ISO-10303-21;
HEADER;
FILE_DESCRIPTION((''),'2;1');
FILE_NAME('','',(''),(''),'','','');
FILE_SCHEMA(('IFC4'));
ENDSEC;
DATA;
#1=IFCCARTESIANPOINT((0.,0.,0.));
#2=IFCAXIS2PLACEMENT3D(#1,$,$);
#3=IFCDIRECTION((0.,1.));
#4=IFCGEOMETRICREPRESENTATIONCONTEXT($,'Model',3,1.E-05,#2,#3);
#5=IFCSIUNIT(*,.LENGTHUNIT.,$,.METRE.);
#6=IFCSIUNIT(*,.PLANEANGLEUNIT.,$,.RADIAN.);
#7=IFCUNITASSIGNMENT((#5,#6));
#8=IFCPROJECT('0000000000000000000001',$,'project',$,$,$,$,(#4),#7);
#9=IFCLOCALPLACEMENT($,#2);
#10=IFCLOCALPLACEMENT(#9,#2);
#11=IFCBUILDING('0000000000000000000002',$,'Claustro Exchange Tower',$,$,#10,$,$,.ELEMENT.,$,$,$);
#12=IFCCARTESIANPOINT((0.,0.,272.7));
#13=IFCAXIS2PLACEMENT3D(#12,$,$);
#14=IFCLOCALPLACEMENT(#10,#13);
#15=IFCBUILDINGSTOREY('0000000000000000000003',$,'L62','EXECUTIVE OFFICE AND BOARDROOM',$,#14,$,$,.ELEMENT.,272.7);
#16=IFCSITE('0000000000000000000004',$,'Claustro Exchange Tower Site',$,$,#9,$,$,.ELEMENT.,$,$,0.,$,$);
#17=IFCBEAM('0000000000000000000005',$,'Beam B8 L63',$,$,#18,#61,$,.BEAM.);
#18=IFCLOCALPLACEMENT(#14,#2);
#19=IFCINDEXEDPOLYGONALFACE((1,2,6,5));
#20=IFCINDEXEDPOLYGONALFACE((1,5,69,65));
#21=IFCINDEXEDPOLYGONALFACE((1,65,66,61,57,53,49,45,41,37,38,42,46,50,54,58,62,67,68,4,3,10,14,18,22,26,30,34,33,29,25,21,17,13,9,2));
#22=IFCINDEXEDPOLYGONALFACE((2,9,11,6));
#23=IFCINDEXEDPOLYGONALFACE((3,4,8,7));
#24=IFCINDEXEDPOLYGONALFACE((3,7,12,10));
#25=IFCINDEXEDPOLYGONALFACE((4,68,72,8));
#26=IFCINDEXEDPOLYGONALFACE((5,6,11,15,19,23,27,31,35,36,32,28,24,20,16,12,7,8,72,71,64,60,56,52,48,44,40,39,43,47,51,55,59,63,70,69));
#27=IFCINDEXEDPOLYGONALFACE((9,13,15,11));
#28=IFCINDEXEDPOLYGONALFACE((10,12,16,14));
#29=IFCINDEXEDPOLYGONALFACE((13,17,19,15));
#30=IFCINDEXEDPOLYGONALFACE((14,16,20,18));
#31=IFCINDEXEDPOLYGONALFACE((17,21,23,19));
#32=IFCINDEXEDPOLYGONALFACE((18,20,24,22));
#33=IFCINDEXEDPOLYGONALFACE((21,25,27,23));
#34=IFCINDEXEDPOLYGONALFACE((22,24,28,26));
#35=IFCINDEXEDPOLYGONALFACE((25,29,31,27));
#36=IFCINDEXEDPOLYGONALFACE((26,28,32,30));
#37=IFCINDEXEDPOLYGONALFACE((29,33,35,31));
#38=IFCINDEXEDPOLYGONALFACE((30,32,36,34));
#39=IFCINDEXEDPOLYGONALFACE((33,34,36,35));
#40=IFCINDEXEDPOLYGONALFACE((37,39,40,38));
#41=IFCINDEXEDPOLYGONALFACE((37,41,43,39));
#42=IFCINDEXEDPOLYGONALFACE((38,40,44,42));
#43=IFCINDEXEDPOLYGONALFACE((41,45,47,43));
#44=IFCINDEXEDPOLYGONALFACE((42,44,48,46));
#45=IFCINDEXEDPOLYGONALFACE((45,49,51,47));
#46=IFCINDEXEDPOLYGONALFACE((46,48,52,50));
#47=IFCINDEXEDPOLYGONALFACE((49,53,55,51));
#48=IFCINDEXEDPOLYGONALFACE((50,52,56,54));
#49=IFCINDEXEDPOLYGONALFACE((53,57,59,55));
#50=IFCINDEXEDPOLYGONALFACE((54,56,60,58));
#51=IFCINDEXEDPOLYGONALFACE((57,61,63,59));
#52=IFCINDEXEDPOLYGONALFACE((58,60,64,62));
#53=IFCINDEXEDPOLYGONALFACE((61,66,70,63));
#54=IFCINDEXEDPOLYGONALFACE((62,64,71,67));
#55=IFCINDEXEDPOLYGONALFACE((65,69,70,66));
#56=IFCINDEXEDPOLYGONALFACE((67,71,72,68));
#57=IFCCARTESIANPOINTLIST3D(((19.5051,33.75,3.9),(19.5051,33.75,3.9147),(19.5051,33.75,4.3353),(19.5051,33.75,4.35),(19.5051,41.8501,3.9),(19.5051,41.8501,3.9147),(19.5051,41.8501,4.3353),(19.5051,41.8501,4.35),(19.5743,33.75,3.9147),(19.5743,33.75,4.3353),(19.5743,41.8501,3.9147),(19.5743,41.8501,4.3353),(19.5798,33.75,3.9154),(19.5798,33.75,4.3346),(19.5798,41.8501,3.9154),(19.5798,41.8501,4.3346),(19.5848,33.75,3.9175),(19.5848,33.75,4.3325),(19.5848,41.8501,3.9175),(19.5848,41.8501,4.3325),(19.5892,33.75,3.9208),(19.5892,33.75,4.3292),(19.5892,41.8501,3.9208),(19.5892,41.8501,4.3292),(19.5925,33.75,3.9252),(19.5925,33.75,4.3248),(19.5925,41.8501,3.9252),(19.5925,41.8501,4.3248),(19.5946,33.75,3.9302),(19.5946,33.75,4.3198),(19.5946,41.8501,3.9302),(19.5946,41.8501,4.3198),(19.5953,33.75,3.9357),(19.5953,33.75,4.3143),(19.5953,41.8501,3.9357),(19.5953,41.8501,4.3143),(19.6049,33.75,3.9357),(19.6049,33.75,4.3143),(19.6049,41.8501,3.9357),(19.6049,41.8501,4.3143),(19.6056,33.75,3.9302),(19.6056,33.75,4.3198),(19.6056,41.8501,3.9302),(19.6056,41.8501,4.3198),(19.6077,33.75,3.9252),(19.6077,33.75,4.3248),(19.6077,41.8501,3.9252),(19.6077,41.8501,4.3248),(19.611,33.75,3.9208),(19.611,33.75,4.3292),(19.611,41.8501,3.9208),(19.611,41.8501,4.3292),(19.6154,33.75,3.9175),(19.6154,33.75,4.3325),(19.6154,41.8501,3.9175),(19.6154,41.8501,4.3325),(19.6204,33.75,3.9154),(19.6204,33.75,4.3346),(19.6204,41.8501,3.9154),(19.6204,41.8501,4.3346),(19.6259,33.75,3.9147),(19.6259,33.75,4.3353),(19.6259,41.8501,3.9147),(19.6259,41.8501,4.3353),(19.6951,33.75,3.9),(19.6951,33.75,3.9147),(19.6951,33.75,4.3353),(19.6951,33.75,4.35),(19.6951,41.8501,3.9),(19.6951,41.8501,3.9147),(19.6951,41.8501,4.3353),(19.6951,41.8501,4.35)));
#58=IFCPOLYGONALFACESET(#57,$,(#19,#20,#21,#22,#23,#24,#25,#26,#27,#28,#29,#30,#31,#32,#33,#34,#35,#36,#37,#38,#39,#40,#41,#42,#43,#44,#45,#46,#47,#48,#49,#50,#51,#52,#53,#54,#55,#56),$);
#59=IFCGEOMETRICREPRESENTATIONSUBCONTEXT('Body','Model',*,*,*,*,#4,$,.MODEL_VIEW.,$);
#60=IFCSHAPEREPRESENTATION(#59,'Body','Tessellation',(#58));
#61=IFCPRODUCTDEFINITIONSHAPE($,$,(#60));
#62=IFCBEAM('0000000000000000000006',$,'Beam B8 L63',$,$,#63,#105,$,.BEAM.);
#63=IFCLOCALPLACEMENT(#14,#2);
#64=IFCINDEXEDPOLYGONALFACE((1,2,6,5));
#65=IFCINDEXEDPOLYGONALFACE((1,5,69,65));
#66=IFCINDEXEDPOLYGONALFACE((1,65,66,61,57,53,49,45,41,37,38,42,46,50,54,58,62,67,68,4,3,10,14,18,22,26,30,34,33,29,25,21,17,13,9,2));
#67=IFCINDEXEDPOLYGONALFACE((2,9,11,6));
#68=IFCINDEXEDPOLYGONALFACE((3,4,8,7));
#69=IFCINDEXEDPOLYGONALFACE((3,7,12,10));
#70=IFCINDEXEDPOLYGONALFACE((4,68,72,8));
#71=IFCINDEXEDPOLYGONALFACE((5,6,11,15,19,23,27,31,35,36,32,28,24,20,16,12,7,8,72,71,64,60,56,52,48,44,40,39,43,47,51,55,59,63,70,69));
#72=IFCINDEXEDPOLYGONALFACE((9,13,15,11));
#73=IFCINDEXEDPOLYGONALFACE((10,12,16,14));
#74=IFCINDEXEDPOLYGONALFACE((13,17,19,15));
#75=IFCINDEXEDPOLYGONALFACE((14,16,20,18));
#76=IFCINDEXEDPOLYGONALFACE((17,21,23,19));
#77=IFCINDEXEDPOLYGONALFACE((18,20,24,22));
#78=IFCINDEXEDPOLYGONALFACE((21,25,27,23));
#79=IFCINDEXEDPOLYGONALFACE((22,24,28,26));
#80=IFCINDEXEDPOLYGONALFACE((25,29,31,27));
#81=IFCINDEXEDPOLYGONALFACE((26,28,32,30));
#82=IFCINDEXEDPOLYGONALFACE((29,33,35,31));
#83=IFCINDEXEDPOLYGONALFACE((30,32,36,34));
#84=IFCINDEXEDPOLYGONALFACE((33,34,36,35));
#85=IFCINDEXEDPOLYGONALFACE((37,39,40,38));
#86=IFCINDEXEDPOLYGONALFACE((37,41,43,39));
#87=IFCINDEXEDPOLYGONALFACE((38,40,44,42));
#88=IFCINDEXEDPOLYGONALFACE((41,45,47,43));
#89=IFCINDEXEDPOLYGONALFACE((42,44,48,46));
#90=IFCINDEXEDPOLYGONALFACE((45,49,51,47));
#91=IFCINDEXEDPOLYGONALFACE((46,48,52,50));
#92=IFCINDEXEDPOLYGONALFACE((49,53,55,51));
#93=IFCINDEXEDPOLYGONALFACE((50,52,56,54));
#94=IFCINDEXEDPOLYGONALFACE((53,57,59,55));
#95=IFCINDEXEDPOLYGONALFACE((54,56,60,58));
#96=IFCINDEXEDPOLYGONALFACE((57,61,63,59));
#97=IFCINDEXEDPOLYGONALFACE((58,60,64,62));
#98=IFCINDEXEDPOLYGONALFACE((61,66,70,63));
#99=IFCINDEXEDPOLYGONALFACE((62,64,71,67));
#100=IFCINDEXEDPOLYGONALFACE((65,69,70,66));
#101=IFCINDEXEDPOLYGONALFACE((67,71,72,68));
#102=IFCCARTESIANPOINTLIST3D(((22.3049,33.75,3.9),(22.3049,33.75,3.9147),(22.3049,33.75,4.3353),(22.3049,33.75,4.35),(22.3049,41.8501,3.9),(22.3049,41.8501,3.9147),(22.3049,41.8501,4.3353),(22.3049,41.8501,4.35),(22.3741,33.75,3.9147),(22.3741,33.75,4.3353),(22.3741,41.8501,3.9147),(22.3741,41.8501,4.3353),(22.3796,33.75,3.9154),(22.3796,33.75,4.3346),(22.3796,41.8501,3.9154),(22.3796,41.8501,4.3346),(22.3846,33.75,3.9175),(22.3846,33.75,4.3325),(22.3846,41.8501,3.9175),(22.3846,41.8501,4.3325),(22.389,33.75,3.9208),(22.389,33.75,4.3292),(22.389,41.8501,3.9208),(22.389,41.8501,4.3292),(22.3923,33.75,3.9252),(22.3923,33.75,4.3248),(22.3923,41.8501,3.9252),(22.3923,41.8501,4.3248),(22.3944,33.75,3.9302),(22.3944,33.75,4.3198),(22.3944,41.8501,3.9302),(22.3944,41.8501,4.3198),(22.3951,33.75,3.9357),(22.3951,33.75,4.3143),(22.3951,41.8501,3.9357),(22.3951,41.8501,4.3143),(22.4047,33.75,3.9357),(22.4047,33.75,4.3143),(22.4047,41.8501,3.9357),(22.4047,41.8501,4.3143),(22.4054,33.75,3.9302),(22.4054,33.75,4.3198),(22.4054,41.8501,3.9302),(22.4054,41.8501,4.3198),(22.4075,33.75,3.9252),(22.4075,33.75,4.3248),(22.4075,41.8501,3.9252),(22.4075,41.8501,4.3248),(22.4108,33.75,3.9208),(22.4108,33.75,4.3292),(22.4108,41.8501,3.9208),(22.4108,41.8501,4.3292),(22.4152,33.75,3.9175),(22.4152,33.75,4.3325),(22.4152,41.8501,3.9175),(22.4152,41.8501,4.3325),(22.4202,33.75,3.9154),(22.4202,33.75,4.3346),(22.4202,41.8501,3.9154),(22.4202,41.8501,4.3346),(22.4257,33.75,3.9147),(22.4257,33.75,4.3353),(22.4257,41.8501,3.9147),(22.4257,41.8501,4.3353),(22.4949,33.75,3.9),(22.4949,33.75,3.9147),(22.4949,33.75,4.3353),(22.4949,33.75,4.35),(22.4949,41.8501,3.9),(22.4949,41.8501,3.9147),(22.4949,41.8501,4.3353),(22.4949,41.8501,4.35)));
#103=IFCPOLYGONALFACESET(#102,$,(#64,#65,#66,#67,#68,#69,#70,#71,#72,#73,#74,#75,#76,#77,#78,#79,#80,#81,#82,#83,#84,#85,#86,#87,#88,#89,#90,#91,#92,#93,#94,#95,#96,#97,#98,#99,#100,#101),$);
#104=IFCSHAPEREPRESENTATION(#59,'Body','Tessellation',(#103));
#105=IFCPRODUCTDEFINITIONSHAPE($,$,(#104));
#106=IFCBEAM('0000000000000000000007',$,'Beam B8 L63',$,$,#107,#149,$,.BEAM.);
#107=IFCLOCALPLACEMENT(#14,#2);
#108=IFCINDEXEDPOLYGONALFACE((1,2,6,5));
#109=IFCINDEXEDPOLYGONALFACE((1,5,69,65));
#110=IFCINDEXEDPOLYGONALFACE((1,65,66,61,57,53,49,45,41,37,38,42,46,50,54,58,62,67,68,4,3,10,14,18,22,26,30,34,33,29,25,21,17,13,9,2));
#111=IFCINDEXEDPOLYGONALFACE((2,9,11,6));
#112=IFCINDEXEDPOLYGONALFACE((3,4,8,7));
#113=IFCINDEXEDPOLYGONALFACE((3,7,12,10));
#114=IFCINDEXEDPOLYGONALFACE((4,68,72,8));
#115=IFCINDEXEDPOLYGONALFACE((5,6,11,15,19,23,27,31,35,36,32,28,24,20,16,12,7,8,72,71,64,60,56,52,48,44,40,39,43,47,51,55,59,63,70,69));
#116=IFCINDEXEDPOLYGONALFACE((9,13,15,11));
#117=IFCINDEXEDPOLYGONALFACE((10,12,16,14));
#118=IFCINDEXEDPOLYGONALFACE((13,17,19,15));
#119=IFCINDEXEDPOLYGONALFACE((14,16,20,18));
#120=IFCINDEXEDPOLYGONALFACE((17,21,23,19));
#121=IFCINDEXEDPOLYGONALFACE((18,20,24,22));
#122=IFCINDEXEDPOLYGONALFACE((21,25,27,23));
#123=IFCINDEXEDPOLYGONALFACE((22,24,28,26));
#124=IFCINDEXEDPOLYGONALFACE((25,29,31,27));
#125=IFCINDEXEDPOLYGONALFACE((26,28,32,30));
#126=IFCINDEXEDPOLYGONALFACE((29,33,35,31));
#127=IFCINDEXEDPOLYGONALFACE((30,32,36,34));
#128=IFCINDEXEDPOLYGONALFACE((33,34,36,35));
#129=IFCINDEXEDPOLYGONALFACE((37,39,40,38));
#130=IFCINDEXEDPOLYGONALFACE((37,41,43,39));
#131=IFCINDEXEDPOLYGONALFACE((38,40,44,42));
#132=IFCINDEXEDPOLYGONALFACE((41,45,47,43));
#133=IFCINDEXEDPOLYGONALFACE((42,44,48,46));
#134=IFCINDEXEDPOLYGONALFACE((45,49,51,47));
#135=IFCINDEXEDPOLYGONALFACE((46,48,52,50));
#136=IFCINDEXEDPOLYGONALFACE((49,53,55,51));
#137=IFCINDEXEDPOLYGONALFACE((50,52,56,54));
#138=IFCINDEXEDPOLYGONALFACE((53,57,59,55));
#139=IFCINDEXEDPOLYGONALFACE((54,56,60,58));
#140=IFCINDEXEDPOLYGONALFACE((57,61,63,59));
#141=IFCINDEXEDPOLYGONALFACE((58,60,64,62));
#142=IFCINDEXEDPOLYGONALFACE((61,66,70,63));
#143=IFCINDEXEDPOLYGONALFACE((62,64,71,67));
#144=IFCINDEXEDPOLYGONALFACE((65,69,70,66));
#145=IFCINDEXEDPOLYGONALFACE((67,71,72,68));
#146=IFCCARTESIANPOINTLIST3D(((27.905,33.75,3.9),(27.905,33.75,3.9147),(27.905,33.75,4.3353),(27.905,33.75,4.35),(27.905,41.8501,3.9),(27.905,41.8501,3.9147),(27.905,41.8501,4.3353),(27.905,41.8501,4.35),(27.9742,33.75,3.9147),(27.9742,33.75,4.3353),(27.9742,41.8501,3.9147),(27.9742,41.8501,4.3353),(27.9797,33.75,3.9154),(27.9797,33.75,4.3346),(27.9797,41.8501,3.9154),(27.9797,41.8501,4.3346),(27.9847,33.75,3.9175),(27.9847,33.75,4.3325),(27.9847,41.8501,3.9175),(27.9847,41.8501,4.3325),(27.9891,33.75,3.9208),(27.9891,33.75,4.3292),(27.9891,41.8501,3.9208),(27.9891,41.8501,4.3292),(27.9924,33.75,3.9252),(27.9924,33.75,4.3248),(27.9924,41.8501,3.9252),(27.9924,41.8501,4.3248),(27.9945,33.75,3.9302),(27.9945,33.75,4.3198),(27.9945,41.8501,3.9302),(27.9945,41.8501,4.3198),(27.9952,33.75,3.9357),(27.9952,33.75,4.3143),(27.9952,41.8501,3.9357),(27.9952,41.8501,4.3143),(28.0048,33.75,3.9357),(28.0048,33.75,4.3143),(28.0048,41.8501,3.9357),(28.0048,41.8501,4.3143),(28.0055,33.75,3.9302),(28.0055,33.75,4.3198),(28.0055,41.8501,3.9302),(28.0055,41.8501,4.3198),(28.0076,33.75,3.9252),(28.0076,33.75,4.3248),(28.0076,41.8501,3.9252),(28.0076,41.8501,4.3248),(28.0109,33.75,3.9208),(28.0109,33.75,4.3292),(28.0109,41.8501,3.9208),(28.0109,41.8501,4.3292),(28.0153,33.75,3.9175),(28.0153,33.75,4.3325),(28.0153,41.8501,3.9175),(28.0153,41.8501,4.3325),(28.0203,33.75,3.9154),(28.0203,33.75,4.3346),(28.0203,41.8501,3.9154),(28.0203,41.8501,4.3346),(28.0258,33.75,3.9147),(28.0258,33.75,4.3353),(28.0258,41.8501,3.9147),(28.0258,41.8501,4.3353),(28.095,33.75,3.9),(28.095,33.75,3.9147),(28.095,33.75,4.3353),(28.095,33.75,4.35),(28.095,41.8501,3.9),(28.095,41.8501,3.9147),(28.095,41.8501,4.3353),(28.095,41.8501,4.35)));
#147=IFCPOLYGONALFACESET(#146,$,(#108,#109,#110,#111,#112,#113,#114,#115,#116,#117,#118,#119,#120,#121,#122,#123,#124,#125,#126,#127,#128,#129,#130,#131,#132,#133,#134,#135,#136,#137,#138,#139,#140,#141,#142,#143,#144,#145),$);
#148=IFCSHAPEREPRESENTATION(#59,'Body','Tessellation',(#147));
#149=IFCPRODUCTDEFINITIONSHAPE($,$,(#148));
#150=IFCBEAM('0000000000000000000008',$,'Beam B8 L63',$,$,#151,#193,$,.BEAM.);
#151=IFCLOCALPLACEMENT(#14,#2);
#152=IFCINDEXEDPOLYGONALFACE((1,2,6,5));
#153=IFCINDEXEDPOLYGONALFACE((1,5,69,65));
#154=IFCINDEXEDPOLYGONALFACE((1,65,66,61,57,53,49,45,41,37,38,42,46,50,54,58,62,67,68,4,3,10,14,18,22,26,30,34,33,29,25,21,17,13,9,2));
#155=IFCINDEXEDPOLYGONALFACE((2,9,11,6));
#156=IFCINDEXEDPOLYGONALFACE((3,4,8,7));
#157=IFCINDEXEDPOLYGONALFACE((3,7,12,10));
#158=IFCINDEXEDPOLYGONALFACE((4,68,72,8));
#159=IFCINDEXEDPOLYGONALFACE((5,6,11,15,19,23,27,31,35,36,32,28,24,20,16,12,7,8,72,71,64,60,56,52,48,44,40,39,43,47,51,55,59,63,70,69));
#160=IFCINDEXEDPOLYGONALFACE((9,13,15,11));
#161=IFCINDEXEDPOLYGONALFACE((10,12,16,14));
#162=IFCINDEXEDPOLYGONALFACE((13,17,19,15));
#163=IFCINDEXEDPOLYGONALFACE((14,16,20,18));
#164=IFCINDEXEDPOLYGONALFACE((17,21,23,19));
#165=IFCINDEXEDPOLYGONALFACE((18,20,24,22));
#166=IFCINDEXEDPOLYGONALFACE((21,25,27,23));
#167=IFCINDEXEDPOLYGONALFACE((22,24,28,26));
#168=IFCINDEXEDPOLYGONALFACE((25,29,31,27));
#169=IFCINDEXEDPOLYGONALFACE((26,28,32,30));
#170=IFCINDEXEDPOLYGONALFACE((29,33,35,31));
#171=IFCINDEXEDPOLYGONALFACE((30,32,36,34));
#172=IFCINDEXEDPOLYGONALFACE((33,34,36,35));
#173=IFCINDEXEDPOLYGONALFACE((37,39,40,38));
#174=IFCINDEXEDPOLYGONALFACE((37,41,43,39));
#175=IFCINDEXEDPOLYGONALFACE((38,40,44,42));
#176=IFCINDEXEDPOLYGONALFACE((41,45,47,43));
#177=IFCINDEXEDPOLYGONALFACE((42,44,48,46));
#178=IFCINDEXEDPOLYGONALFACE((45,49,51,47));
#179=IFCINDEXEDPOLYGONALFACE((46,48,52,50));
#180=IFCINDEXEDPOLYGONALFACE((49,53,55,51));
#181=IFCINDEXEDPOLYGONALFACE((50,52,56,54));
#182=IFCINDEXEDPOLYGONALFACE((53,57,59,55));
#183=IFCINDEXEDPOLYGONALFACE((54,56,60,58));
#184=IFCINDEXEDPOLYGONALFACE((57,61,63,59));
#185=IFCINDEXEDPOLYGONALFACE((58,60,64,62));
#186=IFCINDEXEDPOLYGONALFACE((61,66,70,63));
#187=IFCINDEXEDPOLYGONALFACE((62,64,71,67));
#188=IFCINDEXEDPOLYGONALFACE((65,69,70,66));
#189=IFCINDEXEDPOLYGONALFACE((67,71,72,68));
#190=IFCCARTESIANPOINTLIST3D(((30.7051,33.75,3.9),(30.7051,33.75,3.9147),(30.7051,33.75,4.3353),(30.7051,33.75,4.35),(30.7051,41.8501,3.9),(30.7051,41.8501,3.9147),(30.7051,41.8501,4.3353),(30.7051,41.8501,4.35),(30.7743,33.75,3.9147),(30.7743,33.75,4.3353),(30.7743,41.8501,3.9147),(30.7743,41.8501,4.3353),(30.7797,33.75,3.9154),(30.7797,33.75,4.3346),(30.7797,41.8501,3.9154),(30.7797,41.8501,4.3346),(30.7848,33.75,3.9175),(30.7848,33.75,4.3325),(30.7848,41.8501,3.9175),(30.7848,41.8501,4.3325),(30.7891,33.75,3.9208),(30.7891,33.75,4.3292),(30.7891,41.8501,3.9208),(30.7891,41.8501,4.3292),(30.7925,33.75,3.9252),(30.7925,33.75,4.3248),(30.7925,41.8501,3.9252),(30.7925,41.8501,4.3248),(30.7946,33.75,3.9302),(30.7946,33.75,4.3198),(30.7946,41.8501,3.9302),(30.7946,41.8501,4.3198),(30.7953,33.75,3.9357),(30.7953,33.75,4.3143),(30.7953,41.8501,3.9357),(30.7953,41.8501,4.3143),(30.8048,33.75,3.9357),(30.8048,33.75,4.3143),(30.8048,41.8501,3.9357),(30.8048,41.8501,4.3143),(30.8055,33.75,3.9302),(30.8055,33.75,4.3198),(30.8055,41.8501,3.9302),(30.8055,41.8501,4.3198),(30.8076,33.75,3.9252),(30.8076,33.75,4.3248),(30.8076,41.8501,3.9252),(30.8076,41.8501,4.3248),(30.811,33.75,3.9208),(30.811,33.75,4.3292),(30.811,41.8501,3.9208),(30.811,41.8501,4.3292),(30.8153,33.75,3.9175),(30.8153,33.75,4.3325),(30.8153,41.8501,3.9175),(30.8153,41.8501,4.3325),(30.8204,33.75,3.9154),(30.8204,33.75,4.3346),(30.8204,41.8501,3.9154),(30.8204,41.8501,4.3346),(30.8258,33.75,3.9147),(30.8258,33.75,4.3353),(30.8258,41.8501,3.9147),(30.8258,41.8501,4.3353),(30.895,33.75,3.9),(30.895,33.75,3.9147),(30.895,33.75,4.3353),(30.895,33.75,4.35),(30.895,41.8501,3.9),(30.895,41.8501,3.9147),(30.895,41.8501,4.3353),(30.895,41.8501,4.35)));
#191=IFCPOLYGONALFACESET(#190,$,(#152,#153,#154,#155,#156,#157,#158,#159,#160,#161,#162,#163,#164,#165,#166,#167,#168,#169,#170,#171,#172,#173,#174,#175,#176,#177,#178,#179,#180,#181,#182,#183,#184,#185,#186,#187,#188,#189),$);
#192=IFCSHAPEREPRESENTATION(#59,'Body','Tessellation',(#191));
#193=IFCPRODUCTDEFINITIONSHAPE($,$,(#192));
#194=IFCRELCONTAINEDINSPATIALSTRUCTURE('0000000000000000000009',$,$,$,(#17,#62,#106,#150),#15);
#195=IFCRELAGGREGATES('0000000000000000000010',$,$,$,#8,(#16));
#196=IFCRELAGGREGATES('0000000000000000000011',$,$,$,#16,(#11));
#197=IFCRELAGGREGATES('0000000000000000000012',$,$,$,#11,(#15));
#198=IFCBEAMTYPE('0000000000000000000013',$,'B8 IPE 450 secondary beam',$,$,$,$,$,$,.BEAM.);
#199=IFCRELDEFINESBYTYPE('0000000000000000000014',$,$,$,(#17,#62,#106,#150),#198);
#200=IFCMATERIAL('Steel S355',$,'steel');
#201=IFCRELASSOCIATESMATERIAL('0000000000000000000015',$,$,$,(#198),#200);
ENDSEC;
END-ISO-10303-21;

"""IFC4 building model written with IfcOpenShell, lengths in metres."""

from ifc_helpers import new_model, si_unit, direction, frame, origin, origin_2d, place, context, subcontext, project, spatial, i_section, extrude, material, material_profile, profile_set, type_object, element, save


model = new_model("IFC4")

# Units and contexts
model_context = context("Model", 3, precision=1e-05, world=origin(), true_north=direction((0.0, 1.0)))
body_context = subcontext(model_context, "Body", "Model", "MODEL_VIEW")
ifc_project = project(units=[si_unit("LENGTHUNIT", "METRE"), si_unit("PLANEANGLEUNIT", "RADIAN")], contexts=[model_context])

# Site, building, storey
site_placement = place(None, origin())
site = spatial("IfcSite", under=ifc_project, at=site_placement, Name="Claustro Exchange Tower Site", CompositionType="ELEMENT", RefElevation=0.0)
building_placement = place(site_placement, origin())
building = spatial("IfcBuilding", under=site, at=building_placement, Name="Claustro Exchange Tower", CompositionType="ELEMENT")
storey_placement = place(building_placement, frame((0.0, 0.0, 272.7)))
storey = spatial("IfcBuildingStorey", under=building, at=storey_placement, Name="L62", Description="EXECUTIVE OFFICE AND BOARDROOM", CompositionType="ELEMENT", Elevation=272.7)

# Beams
ifc_material_1 = material(Name="Steel S355", Category="steel")
ifc_material_profile_1 = material_profile(ifc_material_1, i_section(OverallWidth=0.1899, OverallDepth=0.45, WebThickness=0.0095, FlangeThickness=0.0146, FilletRadius=0.021, at=origin_2d()), Name="IPE 450")
ifc_profile_set_1 = profile_set([ifc_material_profile_1], Name="Steel S355")
beam_type_1 = type_object("IfcBeamType", Name="B8 IPE 450 secondary beam", PredefinedType="BEAM", material=ifc_profile_set_1)
for number, where, z_axis, x_axis, name in (
    (1, (19.6001, 33.75, 4.125), (0.0, 1.0, 0.0), (-1.0, 0.0, 0.0), "Beam B8 L63"),
    (2, (22.3999, 33.75, 4.125), (0.0, 1.0, 0.0), (-1.0, 0.0, 0.0), "Beam B8 L63"),
    (3, (28.0, 33.75, 4.125), (0.0, 1.0, 0.0), (-1.0, 0.0, 0.0), "Beam B8 L63"),
    (4, (30.8, 33.75, 4.125), (0.0, 1.0, 0.0), (-1.0, 0.0, 0.0), "Beam B8 L63"),
):
    element("IfcBeam", number, at=place(storey_placement, frame(where, z_axis=z_axis, x_axis=x_axis)), inside=storey, type_object=beam_type_1, Name=name, PredefinedType="BEAM", context=body_context, shape_type="SweptSolid", body=[
        extrude(i_section(OverallWidth=0.1899, OverallDepth=0.45, WebThickness=0.0095, FlangeThickness=0.0146, FilletRadius=0.021, at=origin_2d()), origin(), (0.0, 0.0, 1.0), 8.1001),
    ])

save(model, "model.ifc")
